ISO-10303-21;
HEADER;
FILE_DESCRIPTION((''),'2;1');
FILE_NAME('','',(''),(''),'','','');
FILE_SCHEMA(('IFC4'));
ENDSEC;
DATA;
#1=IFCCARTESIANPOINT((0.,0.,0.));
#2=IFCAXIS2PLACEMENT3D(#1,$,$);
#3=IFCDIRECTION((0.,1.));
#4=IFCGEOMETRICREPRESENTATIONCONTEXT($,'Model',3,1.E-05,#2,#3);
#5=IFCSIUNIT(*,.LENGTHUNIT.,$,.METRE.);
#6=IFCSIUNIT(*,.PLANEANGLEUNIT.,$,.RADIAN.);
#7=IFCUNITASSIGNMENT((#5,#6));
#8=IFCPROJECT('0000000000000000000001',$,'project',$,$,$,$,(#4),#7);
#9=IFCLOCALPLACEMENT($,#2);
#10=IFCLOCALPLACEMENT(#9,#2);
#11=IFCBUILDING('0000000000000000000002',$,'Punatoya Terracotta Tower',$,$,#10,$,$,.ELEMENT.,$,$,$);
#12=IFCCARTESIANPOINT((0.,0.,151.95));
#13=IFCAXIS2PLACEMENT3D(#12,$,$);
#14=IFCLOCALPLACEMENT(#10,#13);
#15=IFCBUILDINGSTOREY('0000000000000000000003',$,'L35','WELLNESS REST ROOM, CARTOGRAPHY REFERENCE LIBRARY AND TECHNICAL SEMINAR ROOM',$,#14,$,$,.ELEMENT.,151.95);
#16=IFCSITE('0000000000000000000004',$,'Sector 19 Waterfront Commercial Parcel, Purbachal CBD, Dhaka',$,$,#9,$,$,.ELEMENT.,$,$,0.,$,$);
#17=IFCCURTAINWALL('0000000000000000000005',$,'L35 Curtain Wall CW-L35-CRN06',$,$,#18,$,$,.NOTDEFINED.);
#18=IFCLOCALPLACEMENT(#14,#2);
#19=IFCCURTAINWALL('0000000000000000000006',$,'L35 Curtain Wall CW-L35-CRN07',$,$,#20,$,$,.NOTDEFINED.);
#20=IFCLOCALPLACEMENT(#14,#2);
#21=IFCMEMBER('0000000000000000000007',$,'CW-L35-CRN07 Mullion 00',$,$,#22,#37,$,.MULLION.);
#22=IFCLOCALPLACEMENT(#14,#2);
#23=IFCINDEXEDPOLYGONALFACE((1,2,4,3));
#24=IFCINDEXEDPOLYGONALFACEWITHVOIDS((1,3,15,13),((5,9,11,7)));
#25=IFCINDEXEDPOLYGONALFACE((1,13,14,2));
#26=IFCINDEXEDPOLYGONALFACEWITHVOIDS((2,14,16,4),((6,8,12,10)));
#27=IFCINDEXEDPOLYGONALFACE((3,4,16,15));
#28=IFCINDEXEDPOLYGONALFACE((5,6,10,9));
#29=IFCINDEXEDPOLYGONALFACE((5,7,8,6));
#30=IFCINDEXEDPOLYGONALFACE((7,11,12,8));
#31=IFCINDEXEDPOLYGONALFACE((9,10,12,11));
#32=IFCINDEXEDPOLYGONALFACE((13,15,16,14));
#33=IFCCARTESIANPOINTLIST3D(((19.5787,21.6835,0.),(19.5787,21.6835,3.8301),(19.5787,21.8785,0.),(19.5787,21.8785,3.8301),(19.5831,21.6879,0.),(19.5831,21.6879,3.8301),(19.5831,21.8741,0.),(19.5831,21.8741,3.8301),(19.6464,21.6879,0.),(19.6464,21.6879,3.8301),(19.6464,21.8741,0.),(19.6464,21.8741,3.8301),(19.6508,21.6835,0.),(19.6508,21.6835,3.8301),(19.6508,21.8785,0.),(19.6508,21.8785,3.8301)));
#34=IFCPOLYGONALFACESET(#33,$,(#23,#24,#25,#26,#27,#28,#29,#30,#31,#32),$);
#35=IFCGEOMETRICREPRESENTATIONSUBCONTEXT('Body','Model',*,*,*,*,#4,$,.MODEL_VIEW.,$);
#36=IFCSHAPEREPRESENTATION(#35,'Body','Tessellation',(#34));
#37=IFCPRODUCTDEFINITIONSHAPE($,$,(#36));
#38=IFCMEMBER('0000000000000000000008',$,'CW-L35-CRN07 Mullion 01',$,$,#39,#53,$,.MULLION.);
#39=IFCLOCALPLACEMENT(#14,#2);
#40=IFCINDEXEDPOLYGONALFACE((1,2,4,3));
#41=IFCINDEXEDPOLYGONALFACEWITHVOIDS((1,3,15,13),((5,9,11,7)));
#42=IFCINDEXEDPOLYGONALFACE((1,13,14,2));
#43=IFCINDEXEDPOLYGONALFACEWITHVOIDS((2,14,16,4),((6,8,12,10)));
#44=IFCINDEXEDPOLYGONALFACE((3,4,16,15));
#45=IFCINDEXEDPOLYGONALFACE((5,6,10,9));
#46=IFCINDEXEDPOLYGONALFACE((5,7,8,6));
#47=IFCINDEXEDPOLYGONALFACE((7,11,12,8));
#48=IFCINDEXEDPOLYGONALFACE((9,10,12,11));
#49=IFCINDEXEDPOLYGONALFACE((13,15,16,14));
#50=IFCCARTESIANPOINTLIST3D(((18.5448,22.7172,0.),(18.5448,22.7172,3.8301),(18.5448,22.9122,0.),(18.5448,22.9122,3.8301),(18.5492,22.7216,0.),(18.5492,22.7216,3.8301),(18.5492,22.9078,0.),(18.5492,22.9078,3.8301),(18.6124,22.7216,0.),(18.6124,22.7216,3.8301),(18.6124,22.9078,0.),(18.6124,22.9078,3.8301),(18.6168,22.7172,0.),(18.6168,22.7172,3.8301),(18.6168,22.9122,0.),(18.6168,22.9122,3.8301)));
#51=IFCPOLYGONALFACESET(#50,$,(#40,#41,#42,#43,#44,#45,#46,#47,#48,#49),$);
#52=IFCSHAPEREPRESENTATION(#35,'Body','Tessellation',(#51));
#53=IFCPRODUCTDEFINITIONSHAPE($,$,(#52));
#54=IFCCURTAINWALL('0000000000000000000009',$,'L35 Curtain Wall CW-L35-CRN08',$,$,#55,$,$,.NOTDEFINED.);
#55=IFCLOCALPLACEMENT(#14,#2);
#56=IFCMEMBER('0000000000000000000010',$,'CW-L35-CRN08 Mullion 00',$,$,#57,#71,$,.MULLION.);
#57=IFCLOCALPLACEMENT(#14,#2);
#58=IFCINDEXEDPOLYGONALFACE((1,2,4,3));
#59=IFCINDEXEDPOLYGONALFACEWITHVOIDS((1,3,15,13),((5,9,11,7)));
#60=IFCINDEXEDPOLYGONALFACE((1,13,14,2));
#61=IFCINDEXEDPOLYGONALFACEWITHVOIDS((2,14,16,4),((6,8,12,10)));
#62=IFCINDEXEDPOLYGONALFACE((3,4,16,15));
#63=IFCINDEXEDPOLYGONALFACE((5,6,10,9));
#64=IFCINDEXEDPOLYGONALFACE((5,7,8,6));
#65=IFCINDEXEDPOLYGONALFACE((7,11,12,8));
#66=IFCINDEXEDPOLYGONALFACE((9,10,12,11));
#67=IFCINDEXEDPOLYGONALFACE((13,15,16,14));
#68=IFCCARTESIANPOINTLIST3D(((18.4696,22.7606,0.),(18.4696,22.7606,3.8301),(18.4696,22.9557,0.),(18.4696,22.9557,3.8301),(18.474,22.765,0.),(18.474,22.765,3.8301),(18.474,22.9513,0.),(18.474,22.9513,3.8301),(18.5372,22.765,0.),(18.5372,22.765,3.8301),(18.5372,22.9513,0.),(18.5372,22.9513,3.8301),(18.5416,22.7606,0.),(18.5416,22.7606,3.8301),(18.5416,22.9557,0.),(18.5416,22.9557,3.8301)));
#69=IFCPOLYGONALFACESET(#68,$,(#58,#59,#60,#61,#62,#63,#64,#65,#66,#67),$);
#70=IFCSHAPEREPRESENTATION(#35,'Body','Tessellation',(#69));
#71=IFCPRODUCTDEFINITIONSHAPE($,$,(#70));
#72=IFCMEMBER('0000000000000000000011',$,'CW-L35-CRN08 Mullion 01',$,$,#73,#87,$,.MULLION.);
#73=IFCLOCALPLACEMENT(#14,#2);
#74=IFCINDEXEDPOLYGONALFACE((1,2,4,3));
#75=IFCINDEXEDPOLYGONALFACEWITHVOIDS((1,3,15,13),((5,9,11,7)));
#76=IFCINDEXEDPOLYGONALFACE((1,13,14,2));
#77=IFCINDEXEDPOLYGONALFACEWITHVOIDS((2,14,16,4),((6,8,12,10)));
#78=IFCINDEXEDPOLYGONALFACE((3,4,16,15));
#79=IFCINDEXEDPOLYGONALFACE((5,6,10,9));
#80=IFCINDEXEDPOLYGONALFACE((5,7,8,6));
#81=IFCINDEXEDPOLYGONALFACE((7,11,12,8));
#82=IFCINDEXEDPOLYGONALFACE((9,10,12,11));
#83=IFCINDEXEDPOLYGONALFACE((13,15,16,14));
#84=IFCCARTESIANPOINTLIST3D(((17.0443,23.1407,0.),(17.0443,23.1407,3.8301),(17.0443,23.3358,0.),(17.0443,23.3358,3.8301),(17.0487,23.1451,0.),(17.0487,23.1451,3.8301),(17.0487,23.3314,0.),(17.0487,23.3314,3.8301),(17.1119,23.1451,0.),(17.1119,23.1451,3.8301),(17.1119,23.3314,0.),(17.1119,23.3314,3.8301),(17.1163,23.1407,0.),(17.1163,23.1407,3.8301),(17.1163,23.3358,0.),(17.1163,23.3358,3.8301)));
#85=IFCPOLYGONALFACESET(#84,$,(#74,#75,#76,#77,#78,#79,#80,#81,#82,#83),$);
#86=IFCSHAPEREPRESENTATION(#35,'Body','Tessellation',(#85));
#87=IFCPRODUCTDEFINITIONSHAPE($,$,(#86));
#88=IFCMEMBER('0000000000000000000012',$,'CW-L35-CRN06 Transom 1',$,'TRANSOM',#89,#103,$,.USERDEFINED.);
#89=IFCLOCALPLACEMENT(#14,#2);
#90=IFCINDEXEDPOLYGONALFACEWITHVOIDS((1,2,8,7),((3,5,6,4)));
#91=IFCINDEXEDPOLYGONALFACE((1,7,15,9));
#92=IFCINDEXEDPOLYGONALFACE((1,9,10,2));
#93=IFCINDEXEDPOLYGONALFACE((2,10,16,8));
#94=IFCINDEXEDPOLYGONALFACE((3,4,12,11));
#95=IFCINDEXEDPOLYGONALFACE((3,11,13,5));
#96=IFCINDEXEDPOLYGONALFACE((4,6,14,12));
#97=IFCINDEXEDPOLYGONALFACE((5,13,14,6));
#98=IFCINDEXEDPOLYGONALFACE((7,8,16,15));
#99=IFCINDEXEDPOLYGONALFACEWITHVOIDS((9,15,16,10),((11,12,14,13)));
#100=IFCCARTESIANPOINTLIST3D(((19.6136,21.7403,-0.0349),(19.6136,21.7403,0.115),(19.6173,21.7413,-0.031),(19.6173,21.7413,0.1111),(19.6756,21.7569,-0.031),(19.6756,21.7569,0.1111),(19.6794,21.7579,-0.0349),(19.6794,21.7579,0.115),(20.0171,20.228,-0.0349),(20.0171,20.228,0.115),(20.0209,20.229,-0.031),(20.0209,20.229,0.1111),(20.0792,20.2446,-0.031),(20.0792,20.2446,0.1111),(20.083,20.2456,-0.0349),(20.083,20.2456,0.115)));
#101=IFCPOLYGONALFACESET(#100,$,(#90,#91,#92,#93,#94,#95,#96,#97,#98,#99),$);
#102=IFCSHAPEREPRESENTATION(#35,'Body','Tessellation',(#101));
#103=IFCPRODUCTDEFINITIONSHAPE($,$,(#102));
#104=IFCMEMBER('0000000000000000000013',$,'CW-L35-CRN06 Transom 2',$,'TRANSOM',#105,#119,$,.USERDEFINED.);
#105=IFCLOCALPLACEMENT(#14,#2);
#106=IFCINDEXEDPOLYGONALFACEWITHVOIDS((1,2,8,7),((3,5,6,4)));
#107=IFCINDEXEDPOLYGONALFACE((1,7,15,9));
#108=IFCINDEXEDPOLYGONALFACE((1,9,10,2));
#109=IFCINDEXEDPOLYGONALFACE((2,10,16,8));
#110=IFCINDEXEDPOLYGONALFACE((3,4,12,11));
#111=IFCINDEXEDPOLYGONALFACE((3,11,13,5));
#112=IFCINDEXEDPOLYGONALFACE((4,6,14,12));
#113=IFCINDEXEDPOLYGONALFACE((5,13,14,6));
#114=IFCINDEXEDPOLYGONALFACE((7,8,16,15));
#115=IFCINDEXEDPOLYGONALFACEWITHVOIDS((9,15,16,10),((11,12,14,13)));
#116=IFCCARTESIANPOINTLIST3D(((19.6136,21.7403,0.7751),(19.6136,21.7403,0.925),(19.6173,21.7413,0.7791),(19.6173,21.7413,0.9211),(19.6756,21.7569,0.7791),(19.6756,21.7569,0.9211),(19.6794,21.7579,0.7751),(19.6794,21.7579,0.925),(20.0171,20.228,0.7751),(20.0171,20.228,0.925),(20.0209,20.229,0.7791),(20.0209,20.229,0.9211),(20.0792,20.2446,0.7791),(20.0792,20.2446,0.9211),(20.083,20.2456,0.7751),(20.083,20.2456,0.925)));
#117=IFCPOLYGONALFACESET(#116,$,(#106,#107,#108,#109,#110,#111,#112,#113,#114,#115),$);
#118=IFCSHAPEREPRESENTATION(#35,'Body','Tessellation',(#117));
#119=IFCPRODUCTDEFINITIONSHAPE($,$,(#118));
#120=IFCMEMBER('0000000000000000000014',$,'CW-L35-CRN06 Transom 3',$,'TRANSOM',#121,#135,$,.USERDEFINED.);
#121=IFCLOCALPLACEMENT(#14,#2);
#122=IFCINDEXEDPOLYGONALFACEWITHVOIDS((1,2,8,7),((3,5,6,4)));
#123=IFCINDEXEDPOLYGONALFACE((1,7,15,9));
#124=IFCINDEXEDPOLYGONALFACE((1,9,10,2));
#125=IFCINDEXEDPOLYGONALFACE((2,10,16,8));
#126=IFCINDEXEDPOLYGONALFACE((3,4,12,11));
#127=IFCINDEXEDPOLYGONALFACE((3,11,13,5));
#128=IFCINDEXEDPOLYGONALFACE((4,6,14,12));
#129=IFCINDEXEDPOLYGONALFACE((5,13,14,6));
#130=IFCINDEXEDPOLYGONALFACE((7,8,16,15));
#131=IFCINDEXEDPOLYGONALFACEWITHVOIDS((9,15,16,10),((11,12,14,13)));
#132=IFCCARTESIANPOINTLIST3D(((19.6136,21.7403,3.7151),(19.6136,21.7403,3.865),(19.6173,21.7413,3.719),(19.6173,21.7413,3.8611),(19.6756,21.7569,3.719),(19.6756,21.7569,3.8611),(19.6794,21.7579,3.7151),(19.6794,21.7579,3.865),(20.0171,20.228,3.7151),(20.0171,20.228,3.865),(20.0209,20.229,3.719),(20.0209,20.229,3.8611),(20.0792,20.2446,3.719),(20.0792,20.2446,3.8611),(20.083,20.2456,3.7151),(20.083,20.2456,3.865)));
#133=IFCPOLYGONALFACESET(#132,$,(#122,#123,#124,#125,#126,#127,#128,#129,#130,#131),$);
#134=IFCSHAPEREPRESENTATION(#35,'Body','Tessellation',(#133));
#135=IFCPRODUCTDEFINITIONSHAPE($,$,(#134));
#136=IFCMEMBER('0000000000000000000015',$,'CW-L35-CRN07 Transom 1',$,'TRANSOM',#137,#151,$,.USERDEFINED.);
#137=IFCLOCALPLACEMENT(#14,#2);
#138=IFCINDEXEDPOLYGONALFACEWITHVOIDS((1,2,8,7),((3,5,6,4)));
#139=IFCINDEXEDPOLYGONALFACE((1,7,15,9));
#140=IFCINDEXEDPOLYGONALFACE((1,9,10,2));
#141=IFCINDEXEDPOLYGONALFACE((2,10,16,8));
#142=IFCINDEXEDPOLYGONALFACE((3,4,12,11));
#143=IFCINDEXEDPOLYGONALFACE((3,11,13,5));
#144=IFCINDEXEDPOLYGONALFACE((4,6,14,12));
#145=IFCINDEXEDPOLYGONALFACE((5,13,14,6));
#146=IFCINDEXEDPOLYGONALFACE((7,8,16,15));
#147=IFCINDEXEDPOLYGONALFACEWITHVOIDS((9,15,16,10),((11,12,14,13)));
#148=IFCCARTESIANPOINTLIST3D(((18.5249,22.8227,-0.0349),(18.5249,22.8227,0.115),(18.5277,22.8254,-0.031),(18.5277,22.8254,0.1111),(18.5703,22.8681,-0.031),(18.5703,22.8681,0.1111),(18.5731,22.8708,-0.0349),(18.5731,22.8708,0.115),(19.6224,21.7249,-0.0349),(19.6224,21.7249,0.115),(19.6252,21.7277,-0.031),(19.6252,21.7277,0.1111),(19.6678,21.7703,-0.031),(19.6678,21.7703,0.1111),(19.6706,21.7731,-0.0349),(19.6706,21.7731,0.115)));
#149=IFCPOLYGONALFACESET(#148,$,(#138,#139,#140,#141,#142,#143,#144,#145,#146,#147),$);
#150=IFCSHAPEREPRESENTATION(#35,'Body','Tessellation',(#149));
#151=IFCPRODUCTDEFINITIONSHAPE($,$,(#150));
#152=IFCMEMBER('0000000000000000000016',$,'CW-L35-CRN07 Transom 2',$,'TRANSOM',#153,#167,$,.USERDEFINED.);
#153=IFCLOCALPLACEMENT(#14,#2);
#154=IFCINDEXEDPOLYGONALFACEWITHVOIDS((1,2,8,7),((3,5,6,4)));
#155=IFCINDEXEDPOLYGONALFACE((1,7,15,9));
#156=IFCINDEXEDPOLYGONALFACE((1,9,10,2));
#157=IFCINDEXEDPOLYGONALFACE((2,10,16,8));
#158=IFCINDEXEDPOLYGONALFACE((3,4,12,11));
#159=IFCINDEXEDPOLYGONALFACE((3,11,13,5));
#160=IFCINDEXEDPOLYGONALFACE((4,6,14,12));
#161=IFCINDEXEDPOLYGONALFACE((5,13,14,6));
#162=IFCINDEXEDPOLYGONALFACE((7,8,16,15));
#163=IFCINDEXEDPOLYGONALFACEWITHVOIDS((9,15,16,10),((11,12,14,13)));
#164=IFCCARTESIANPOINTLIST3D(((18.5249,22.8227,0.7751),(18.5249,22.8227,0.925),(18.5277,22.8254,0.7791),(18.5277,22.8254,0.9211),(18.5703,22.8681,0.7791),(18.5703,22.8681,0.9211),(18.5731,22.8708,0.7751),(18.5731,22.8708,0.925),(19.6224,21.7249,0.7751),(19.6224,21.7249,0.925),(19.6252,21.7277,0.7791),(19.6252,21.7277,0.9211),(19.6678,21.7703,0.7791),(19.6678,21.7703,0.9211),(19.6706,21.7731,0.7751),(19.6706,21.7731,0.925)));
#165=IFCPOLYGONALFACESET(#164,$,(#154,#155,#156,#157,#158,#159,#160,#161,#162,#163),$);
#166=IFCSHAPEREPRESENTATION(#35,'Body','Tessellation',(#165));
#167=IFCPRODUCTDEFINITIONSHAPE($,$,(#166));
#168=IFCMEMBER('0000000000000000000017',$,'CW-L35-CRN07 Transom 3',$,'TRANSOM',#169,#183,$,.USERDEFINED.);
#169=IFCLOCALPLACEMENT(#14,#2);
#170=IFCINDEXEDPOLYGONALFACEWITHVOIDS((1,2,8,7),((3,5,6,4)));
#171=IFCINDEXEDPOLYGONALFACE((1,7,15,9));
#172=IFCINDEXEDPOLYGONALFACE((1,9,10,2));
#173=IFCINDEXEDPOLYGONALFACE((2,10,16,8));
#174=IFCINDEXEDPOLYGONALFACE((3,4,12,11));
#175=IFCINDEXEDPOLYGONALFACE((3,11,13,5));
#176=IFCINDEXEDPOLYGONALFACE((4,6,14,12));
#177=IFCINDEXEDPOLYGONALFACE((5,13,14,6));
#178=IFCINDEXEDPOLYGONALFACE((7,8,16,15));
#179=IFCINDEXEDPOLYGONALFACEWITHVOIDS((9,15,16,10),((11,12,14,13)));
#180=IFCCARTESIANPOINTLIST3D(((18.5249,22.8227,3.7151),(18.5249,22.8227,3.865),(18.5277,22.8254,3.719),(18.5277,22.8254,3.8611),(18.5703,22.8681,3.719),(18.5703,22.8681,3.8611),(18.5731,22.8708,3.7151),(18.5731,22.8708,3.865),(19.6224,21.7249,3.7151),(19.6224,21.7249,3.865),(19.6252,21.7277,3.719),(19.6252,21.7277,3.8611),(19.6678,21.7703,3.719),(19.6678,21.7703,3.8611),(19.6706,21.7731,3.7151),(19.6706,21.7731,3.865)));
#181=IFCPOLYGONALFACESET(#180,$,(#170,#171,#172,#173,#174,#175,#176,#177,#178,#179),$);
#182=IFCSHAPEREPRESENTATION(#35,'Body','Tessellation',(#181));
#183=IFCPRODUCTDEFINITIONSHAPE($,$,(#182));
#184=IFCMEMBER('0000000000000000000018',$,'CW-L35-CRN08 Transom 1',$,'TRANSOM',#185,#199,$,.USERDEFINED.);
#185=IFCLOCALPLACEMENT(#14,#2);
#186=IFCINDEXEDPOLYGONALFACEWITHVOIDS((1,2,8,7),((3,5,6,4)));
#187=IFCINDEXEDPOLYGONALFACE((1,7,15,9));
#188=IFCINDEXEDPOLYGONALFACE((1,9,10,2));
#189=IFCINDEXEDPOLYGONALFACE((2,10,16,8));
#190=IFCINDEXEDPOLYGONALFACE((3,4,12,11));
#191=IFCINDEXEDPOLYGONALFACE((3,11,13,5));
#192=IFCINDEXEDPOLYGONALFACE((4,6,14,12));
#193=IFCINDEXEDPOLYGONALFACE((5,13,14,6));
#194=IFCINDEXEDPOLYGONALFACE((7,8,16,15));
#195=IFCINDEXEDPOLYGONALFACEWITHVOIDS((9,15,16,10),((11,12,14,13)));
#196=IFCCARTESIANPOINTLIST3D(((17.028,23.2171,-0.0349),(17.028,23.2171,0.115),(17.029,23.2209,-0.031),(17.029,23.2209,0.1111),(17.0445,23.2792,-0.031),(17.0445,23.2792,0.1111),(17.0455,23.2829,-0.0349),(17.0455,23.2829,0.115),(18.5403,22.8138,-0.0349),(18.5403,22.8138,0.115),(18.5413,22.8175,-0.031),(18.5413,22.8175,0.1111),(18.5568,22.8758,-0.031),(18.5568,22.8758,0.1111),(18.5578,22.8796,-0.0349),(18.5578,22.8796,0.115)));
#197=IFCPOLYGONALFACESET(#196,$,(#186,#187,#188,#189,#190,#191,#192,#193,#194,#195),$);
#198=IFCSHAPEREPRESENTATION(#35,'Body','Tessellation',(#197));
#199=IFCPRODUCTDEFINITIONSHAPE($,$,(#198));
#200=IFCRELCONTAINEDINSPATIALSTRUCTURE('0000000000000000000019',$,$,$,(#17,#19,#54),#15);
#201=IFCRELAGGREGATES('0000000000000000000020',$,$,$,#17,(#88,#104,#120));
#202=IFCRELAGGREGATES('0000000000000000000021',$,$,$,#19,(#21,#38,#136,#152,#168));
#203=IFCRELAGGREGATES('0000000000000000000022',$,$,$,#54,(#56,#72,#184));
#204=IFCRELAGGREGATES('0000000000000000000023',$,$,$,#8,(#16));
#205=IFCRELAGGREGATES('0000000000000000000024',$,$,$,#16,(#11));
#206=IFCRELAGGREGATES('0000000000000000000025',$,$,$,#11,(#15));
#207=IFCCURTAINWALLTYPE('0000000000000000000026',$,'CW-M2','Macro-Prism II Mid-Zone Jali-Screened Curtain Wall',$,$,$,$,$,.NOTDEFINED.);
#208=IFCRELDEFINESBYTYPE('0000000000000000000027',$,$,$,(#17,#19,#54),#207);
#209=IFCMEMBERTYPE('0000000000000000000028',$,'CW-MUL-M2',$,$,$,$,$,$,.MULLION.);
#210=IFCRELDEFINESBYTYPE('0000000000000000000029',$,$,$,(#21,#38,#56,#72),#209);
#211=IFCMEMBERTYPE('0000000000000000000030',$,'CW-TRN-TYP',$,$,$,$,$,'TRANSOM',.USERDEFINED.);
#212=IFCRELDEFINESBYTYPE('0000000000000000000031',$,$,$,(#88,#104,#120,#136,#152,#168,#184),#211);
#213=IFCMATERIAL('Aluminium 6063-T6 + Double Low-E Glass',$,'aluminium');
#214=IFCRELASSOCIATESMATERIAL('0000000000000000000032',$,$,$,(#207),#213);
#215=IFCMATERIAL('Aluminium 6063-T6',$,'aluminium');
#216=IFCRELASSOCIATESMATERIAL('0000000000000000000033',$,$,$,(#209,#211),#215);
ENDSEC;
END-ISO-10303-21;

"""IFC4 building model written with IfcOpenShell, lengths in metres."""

from ifc_helpers import new_model, si_unit, direction, frame, origin, origin_2d, place, context, subcontext, project, spatial, hollow_rectangle, extrude, material, material_profile, profile_set, type_object, element, aggregate, save


model = new_model("IFC4")

# Units and contexts
model_context = context("Model", 3, precision=1e-05, world=origin(), true_north=direction((0.0, 1.0)))
body_context = subcontext(model_context, "Body", "Model", "MODEL_VIEW")
ifc_project = project(units=[si_unit("LENGTHUNIT", "METRE"), si_unit("PLANEANGLEUNIT", "RADIAN")], contexts=[model_context])

# Site, building, storey
site_placement = place(None, origin())
site = spatial("IfcSite", under=ifc_project, at=site_placement, Name="Sector 19 Waterfront Commercial Parcel, Purbachal CBD, Dhaka", CompositionType="ELEMENT", RefElevation=0.0)
building_placement = place(site_placement, origin())
building = spatial("IfcBuilding", under=site, at=building_placement, Name="Punatoya Terracotta Tower", CompositionType="ELEMENT")
storey_placement = place(building_placement, frame((0.0, 0.0, 151.95)))
storey = spatial("IfcBuildingStorey", under=building, at=storey_placement, Name="L35", Description="WELLNESS REST ROOM, CARTOGRAPHY REFERENCE LIBRARY AND TECHNICAL SEMINAR ROOM", CompositionType="ELEMENT", Elevation=151.95)

# Curtain walls, members
ifc_material_1 = material(Name="Aluminium 6063-T6 + Double Low-E Glass", Category="aluminium")
curtain_wall_type = type_object("IfcCurtainWallType", Name="CW-M2", Description="Macro-Prism II Mid-Zone Jali-Screened Curtain Wall", PredefinedType="NOTDEFINED", material=ifc_material_1)
ifc_material_2 = material(Name="Aluminium 6063-T6", Category="aluminium")
ifc_material_profile_1 = material_profile(ifc_material_2, hollow_rectangle(XDim=0.072, YDim=0.1951, WallThickness=0.0044, at=origin_2d()))
ifc_profile_set_1 = profile_set([ifc_material_profile_1], Name="Aluminium 6063-T6")
member_type_1 = type_object("IfcMemberType", Name="CW-MUL-M2", PredefinedType="MULLION", material=ifc_profile_set_1)
curtain_wall_1_placement = place(storey_placement, origin())
curtain_wall_1 = element("IfcCurtainWall", 1, at=curtain_wall_1_placement, inside=storey, type_object=curtain_wall_type, Name="L35 Curtain Wall CW-L35-CRN06", PredefinedType="NOTDEFINED")
curtain_wall_2_placement = place(storey_placement, origin())
curtain_wall_2 = element("IfcCurtainWall", 2, at=curtain_wall_2_placement, inside=storey, type_object=curtain_wall_type, Name="L35 Curtain Wall CW-L35-CRN07", PredefinedType="NOTDEFINED")
member_1_placement = place(storey_placement, frame((19.6147, 21.781, 0.0), z_axis=(0.0, 0.0, 1.0), x_axis=(1.0, 0.0, 0.0)))
member_1 = element("IfcMember", 3, at=member_1_placement, type_object=member_type_1, Name="CW-L35-CRN07 Mullion 00", PredefinedType="MULLION", context=body_context, shape_type="SweptSolid", body=[
    extrude(hollow_rectangle(XDim=0.072, YDim=0.1951, WallThickness=0.0044, at=origin_2d()), origin(), (0.0, 0.0, 1.0), 3.8301),
])
member_2_placement = place(storey_placement, frame((18.5808, 22.8147, 0.0), z_axis=(0.0, 0.0, 1.0), x_axis=(1.0, 0.0, 0.0)))
member_2 = element("IfcMember", 4, at=member_2_placement, type_object=member_type_1, Name="CW-L35-CRN07 Mullion 01", PredefinedType="MULLION", context=body_context, shape_type="SweptSolid", body=[
    extrude(hollow_rectangle(XDim=0.072, YDim=0.1951, WallThickness=0.0044, at=origin_2d()), origin(), (0.0, 0.0, 1.0), 3.8301),
])
curtain_wall_3_placement = place(storey_placement, origin())
curtain_wall_3 = element("IfcCurtainWall", 5, at=curtain_wall_3_placement, inside=storey, type_object=curtain_wall_type, Name="L35 Curtain Wall CW-L35-CRN08", PredefinedType="NOTDEFINED")
member_3_placement = place(storey_placement, frame((18.5056, 22.8582, 0.0), z_axis=(0.0, 0.0, 1.0), x_axis=(1.0, 0.0, 0.0)))
member_3 = element("IfcMember", 6, at=member_3_placement, type_object=member_type_1, Name="CW-L35-CRN08 Mullion 00", PredefinedType="MULLION", context=body_context, shape_type="SweptSolid", body=[
    extrude(hollow_rectangle(XDim=0.072, YDim=0.1951, WallThickness=0.0044, at=origin_2d()), origin(), (0.0, 0.0, 1.0), 3.8301),
])
member_4_placement = place(storey_placement, frame((17.0803, 23.2383, 0.0), z_axis=(0.0, 0.0, 1.0), x_axis=(1.0, 0.0, 0.0)))
member_4 = element("IfcMember", 7, at=member_4_placement, type_object=member_type_1, Name="CW-L35-CRN08 Mullion 01", PredefinedType="MULLION", context=body_context, shape_type="SweptSolid", body=[
    extrude(hollow_rectangle(XDim=0.072, YDim=0.1951, WallThickness=0.0044, at=origin_2d()), origin(), (0.0, 0.0, 1.0), 3.8301),
])

# Members
ifc_material_profile_2 = material_profile(ifc_material_2, hollow_rectangle(XDim=0.0681, YDim=0.1499, WallThickness=0.0039, at=origin_2d()))
ifc_profile_set_2 = profile_set([ifc_material_profile_2], Name="Aluminium 6063-T6")
member_type_2 = type_object("IfcMemberType", Name="CW-TRN-TYP", ElementType="TRANSOM", PredefinedType="USERDEFINED", material=ifc_profile_set_2)
member_5_placement = place(storey_placement, frame((20.05, 20.2368, 0.04), z_axis=(-0.257847, 0.966186, 0.0), x_axis=(-0.966186, -0.257847, 0.0)))
member_5 = element("IfcMember", 8, at=member_5_placement, type_object=member_type_2, Name="CW-L35-CRN06 Transom 1", ObjectType="TRANSOM", PredefinedType="USERDEFINED", context=body_context, shape_type="SweptSolid", body=[
    extrude(hollow_rectangle(XDim=0.0681, YDim=0.1499, WallThickness=0.0039, at=origin_2d()), origin(), (0.0, 0.0, 1.0), 1.5652),
])
member_6_placement = place(storey_placement, frame((20.05, 20.2368, 0.8501), z_axis=(-0.257847, 0.966186, 0.0), x_axis=(-0.966186, -0.257847, 0.0)))
member_6 = element("IfcMember", 9, at=member_6_placement, type_object=member_type_2, Name="CW-L35-CRN06 Transom 2", ObjectType="TRANSOM", PredefinedType="USERDEFINED", context=body_context, shape_type="SweptSolid", body=[
    extrude(hollow_rectangle(XDim=0.0681, YDim=0.1499, WallThickness=0.0039, at=origin_2d()), origin(), (0.0, 0.0, 1.0), 1.5652),
])
member_7_placement = place(storey_placement, frame((20.05, 20.2368, 3.79), z_axis=(-0.257847, 0.966186, 0.0), x_axis=(-0.966186, -0.257847, 0.0)))
member_7 = element("IfcMember", 10, at=member_7_placement, type_object=member_type_2, Name="CW-L35-CRN06 Transom 3", ObjectType="TRANSOM", PredefinedType="USERDEFINED", context=body_context, shape_type="SweptSolid", body=[
    extrude(hollow_rectangle(XDim=0.0681, YDim=0.1499, WallThickness=0.0039, at=origin_2d()), origin(), (0.0, 0.0, 1.0), 1.5652),
])
member_8_placement = place(storey_placement, frame((19.6465, 21.749, 0.04), z_axis=(-0.707028, 0.707185, 0.0), x_axis=(-0.707185, -0.707028, 0.0)))
member_8 = element("IfcMember", 11, at=member_8_placement, type_object=member_type_2, Name="CW-L35-CRN07 Transom 1", ObjectType="TRANSOM", PredefinedType="USERDEFINED", context=body_context, shape_type="SweptSolid", body=[
    extrude(hollow_rectangle(XDim=0.0681, YDim=0.1499, WallThickness=0.0039, at=origin_2d()), origin(), (0.0, 0.0, 1.0), 1.5522),
])
member_9_placement = place(storey_placement, frame((19.6465, 21.749, 0.8501), z_axis=(-0.707028, 0.707185, 0.0), x_axis=(-0.707185, -0.707028, 0.0)))
member_9 = element("IfcMember", 12, at=member_9_placement, type_object=member_type_2, Name="CW-L35-CRN07 Transom 2", ObjectType="TRANSOM", PredefinedType="USERDEFINED", context=body_context, shape_type="SweptSolid", body=[
    extrude(hollow_rectangle(XDim=0.0681, YDim=0.1499, WallThickness=0.0039, at=origin_2d()), origin(), (0.0, 0.0, 1.0), 1.5522),
])
member_10_placement = place(storey_placement, frame((19.6465, 21.749, 3.79), z_axis=(-0.707028, 0.707185, 0.0), x_axis=(-0.707185, -0.707028, 0.0)))
member_10 = element("IfcMember", 13, at=member_10_placement, type_object=member_type_2, Name="CW-L35-CRN07 Transom 3", ObjectType="TRANSOM", PredefinedType="USERDEFINED", context=body_context, shape_type="SweptSolid", body=[
    extrude(hollow_rectangle(XDim=0.0681, YDim=0.1499, WallThickness=0.0039, at=origin_2d()), origin(), (0.0, 0.0, 1.0), 1.5522),
])
member_11_placement = place(storey_placement, frame((18.5491, 22.8467, 0.04), z_axis=(-0.966225, 0.257701, 0.0), x_axis=(-0.257701, -0.966225, 0.0)))
member_11 = element("IfcMember", 14, at=member_11_placement, type_object=member_type_2, Name="CW-L35-CRN08 Transom 1", ObjectType="TRANSOM", PredefinedType="USERDEFINED", context=body_context, shape_type="SweptSolid", body=[
    extrude(hollow_rectangle(XDim=0.0681, YDim=0.1499, WallThickness=0.0039, at=origin_2d()), origin(), (0.0, 0.0, 1.0), 1.5652),
])

aggregate(curtain_wall_1, [member_5, member_6, member_7])
aggregate(curtain_wall_2, [member_1, member_2, member_8, member_9, member_10])
aggregate(curtain_wall_3, [member_3, member_4, member_11])

save(model, "model.ifc")
